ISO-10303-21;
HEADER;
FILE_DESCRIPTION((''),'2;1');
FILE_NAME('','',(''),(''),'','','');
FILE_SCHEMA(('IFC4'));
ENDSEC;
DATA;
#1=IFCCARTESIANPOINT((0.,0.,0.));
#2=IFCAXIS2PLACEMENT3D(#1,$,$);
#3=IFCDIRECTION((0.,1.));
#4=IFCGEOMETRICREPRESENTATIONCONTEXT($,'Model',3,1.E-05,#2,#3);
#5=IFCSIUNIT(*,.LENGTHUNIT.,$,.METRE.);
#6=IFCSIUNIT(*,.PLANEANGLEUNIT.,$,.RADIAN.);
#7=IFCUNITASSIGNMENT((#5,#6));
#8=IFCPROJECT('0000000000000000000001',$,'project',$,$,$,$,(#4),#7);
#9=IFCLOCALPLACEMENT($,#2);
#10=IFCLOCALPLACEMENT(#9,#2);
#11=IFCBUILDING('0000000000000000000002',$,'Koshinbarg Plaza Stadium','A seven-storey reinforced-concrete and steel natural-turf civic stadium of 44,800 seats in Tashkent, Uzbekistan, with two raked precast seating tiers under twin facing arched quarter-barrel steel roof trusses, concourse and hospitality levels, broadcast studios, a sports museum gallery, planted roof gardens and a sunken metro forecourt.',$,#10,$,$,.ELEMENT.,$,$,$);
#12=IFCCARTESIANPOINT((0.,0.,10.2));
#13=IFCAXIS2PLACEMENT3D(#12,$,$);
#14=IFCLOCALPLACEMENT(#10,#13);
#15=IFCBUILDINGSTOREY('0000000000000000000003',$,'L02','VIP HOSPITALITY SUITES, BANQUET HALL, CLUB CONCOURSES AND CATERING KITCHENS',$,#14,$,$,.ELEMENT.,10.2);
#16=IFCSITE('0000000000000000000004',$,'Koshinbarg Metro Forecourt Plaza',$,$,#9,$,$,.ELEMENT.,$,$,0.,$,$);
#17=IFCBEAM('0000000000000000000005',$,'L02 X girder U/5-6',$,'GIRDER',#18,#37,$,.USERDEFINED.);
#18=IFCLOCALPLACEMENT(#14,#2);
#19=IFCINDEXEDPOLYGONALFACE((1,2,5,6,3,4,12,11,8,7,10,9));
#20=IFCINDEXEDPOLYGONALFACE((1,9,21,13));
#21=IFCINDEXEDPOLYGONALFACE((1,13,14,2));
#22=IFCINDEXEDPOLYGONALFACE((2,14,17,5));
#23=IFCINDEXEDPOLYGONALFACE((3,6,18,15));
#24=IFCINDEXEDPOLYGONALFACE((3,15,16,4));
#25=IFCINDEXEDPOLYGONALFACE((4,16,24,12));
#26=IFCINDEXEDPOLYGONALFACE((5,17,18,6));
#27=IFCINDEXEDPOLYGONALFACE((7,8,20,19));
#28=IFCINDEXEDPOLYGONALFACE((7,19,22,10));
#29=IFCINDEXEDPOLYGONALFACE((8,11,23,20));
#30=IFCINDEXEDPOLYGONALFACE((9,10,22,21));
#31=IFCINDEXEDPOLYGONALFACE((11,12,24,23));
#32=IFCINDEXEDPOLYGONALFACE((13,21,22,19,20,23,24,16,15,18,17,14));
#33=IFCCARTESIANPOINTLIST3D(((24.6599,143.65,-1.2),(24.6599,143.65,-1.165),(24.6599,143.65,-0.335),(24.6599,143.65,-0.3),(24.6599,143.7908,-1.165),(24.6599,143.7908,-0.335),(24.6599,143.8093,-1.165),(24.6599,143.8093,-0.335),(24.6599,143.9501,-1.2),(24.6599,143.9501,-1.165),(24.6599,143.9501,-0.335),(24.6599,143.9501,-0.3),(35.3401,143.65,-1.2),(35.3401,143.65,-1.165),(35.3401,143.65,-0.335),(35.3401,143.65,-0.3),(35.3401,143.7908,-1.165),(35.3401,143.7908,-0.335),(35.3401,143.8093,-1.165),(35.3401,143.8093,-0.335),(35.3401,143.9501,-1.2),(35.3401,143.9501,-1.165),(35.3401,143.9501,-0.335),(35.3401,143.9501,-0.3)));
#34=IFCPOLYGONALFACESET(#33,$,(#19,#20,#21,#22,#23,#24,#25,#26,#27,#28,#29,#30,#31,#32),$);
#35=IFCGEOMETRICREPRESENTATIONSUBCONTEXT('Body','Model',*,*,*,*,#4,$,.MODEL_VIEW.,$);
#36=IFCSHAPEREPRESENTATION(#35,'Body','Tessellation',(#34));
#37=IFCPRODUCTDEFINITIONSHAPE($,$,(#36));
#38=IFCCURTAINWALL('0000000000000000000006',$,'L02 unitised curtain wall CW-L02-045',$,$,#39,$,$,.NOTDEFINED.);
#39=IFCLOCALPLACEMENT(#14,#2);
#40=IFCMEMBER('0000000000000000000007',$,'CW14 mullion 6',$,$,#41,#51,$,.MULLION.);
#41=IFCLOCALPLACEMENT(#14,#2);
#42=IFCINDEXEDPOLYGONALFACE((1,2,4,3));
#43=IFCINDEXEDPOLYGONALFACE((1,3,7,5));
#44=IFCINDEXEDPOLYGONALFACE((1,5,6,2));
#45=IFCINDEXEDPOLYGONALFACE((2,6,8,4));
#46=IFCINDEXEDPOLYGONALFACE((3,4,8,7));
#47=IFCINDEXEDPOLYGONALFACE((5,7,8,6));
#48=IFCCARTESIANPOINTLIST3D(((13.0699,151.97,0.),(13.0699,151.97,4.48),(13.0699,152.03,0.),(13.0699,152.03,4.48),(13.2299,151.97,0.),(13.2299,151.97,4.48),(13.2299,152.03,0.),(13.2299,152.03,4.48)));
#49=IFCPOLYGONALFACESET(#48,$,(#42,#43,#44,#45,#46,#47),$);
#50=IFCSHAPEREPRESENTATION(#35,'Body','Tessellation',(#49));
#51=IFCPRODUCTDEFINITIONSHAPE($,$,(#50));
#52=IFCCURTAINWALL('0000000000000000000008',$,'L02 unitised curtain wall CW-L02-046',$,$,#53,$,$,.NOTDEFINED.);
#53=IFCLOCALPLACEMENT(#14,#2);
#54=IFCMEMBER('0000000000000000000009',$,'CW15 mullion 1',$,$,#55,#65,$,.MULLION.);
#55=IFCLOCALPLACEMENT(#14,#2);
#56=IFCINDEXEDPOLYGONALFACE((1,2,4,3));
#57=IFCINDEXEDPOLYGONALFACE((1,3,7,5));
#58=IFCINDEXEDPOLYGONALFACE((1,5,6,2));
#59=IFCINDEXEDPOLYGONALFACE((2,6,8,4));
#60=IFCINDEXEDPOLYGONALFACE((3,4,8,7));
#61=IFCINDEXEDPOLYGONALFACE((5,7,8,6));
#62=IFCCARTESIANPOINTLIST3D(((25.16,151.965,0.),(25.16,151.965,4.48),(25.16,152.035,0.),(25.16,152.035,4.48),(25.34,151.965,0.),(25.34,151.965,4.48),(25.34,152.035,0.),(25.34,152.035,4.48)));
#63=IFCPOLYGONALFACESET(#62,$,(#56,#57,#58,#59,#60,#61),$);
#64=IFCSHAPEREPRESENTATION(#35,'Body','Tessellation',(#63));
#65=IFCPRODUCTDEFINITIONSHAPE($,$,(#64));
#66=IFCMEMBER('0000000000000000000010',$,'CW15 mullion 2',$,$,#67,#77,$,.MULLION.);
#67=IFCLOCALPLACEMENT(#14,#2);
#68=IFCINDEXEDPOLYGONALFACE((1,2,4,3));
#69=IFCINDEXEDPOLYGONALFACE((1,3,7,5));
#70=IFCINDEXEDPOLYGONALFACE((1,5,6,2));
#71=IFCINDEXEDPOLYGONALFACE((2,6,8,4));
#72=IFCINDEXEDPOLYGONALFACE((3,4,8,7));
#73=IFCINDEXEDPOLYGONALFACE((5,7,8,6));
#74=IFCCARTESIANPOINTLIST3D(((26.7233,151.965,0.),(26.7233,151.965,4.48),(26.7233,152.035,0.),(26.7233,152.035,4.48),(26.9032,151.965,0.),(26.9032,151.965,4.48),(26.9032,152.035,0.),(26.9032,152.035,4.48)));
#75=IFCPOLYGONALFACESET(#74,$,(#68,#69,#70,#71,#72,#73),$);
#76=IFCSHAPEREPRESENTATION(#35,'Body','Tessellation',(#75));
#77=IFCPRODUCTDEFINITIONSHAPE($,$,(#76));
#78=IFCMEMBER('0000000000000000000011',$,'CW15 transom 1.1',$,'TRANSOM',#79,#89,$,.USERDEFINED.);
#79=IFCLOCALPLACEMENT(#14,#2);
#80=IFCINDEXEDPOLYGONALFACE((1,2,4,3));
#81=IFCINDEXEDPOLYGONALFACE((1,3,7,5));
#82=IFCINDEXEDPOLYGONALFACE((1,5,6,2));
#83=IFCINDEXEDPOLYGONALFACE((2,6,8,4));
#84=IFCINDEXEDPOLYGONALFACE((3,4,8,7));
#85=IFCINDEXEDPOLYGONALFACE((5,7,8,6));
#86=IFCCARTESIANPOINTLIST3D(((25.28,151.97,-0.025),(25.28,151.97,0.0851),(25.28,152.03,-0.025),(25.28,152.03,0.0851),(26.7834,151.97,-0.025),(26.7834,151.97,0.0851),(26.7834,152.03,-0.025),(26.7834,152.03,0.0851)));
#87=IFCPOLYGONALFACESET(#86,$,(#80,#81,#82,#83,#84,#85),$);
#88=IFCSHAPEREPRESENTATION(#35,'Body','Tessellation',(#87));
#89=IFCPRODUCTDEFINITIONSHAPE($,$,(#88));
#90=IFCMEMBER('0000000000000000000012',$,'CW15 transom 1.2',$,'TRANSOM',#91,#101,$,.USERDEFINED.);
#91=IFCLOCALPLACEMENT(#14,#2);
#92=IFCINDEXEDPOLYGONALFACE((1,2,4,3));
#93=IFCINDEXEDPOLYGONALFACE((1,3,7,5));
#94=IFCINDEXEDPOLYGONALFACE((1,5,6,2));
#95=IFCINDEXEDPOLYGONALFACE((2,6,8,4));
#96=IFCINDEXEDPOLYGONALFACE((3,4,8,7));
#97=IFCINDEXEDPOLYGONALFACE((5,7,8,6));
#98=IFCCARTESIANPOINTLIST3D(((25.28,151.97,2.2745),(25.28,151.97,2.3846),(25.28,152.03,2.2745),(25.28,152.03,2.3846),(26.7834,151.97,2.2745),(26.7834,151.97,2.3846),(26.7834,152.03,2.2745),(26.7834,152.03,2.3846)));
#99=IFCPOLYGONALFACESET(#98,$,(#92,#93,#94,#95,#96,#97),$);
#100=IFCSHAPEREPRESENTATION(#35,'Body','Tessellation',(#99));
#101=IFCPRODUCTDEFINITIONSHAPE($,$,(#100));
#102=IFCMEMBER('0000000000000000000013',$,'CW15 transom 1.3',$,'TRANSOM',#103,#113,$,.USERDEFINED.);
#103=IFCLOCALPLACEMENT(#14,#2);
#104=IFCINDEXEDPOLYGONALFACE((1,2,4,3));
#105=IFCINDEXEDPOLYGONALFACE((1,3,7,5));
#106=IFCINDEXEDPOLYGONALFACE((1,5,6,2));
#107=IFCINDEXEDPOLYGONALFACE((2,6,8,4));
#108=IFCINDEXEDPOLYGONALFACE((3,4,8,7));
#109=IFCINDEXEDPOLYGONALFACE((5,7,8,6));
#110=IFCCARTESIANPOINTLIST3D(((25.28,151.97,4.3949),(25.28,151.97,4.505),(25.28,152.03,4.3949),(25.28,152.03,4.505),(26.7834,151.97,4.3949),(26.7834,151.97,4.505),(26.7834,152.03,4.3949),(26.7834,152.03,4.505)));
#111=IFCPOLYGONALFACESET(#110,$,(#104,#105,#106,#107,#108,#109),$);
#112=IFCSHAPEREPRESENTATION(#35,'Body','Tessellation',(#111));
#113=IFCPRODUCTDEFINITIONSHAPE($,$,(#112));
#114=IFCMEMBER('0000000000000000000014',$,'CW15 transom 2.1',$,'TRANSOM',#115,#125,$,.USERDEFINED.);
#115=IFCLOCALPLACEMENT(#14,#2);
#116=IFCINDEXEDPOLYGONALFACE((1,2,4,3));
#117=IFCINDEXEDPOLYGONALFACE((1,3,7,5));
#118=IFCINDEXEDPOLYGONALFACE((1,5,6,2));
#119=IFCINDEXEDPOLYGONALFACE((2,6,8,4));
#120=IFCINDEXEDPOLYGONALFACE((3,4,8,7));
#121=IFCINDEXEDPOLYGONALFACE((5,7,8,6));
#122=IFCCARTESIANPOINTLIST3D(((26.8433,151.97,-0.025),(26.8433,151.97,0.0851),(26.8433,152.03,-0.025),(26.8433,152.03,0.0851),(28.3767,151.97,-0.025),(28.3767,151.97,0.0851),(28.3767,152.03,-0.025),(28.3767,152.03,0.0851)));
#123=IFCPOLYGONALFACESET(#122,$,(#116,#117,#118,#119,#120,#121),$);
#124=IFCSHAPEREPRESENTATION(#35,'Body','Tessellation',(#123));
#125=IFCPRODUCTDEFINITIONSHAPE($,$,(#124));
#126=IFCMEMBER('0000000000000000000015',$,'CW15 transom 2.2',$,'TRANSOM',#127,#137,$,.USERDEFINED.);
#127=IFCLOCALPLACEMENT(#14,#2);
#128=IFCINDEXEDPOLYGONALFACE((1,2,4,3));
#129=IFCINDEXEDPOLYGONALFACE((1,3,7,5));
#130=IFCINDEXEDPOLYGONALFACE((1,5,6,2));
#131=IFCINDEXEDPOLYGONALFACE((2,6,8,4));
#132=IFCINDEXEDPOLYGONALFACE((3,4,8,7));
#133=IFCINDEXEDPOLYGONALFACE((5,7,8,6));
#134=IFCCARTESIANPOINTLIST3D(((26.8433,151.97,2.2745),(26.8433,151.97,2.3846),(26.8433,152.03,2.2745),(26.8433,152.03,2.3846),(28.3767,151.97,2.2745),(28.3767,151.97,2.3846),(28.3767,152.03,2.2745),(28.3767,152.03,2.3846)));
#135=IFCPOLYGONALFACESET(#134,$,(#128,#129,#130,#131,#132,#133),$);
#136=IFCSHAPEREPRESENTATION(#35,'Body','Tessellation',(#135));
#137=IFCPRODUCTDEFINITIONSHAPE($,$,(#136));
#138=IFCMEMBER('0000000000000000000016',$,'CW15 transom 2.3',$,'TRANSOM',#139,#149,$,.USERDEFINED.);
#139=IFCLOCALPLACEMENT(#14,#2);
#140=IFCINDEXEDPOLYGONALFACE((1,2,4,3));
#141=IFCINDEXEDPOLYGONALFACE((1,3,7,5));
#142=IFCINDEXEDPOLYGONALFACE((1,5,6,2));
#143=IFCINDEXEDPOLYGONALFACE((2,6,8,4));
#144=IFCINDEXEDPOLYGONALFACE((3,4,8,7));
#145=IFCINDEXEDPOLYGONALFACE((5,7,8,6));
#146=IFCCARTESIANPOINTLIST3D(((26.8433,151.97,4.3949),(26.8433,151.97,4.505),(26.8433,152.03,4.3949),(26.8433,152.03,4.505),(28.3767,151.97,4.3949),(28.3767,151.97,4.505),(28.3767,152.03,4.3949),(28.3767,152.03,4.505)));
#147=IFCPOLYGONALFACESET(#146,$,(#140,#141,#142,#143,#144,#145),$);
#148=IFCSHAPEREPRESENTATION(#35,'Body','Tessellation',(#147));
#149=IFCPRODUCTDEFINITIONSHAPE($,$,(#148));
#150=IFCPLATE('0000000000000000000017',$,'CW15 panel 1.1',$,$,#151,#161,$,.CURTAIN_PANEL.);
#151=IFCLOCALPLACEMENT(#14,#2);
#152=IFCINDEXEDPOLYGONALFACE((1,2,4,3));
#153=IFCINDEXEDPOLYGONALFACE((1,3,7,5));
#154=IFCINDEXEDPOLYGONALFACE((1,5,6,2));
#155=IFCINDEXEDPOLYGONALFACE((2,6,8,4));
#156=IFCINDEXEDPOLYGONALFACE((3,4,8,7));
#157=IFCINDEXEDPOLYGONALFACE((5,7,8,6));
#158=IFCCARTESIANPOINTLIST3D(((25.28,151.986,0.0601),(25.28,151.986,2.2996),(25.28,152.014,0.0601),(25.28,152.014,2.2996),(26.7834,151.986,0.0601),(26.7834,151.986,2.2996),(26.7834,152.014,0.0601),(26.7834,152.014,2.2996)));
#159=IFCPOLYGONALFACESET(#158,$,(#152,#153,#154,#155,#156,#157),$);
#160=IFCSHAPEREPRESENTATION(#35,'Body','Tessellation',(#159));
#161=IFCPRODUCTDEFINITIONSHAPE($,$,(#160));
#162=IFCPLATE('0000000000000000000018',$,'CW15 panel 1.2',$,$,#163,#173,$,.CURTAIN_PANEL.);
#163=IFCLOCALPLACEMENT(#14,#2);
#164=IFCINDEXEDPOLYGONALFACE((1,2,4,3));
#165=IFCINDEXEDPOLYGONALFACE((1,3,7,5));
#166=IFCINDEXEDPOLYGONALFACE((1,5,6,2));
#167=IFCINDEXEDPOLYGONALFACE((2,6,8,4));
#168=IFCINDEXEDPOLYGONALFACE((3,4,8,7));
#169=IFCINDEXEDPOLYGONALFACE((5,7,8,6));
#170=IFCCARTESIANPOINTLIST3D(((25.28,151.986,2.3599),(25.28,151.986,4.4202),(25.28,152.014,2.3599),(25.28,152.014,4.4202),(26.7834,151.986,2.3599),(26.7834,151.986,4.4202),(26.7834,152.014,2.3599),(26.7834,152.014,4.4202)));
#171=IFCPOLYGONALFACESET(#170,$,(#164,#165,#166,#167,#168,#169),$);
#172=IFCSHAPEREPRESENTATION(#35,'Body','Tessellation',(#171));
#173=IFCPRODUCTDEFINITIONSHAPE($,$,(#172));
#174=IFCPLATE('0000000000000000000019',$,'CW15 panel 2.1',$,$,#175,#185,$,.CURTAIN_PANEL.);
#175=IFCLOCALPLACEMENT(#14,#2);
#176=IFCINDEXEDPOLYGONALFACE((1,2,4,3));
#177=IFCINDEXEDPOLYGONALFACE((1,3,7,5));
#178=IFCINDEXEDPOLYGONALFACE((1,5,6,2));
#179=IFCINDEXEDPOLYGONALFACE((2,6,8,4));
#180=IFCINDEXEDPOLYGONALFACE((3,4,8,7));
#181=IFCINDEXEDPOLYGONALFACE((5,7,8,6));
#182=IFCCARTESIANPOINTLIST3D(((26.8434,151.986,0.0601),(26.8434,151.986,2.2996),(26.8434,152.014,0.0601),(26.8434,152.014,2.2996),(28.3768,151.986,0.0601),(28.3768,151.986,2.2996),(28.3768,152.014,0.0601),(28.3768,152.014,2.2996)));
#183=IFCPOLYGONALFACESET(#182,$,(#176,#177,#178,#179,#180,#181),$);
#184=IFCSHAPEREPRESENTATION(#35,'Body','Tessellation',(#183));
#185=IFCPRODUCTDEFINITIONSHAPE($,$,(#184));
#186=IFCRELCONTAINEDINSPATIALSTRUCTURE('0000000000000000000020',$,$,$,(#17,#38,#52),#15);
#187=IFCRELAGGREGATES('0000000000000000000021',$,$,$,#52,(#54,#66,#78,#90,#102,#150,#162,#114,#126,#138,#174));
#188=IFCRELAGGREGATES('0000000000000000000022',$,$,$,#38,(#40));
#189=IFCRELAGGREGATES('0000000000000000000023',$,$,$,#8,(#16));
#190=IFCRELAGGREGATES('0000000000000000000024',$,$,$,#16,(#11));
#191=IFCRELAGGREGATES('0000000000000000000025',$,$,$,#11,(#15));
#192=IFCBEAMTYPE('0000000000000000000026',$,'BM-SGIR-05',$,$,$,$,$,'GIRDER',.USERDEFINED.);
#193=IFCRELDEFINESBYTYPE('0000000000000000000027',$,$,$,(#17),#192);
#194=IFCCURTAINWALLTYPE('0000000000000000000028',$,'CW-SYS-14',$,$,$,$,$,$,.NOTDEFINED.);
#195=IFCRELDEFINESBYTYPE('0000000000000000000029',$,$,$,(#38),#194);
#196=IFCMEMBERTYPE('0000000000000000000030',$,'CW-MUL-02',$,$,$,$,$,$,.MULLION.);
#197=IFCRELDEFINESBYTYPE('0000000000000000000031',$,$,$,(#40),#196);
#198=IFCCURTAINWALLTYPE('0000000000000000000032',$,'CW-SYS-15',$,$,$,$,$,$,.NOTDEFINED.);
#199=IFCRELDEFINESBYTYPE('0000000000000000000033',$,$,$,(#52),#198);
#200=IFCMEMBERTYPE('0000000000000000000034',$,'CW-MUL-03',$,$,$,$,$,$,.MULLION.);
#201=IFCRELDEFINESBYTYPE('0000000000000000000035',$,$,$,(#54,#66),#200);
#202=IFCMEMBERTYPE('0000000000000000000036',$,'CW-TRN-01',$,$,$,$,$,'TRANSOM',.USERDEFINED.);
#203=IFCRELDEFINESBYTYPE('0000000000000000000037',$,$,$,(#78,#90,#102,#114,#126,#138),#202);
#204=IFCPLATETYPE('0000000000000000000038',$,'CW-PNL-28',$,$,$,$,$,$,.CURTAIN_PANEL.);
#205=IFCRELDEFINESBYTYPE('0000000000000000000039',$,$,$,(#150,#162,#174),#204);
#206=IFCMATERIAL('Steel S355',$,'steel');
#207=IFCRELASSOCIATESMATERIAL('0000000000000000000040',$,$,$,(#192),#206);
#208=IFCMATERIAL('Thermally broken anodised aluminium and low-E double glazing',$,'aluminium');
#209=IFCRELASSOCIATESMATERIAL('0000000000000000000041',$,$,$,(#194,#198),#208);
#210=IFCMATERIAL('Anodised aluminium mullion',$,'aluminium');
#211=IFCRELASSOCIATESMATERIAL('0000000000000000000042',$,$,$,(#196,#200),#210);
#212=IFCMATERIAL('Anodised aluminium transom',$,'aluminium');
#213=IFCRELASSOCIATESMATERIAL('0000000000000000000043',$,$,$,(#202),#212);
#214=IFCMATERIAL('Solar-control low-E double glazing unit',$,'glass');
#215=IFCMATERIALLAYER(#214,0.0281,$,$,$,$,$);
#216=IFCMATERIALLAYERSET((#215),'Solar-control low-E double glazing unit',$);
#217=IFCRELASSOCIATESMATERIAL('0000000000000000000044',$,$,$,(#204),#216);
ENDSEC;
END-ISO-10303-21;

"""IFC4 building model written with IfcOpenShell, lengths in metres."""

from ifc_helpers import new_model, si_unit, direction, frame, origin, origin_2d, place, context, subcontext, project, spatial, rectangle, i_section, extrude, material, layer, layer_set, material_profile, profile_set, type_object, element, aggregate, save


model = new_model("IFC4")

# Units and contexts
model_context = context("Model", 3, precision=1e-05, world=origin(), true_north=direction((0.0, 1.0)))
body_context = subcontext(model_context, "Body", "Model", "MODEL_VIEW")
ifc_project = project(units=[si_unit("LENGTHUNIT", "METRE"), si_unit("PLANEANGLEUNIT", "RADIAN")], contexts=[model_context])

# Site, building, storey
site_placement = place(None, origin())
site = spatial("IfcSite", under=ifc_project, at=site_placement, Name="Koshinbarg Metro Forecourt Plaza", CompositionType="ELEMENT", RefElevation=0.0)
building_placement = place(site_placement, origin())
building = spatial("IfcBuilding", under=site, at=building_placement, Name="Koshinbarg Plaza Stadium", Description="A seven-storey reinforced-concrete and steel natural-turf civic stadium of 44,800 seats in Tashkent, Uzbekistan, with two raked precast seating tiers under twin facing arched quarter-barrel steel roof trusses, concourse and hospitality levels, broadcast studios, a sports museum gallery, planted roof gardens and a sunken metro forecourt.", CompositionType="ELEMENT")
storey_placement = place(building_placement, frame((0.0, 0.0, 10.2)))
storey = spatial("IfcBuildingStorey", under=building, at=storey_placement, Name="L02", Description="VIP HOSPITALITY SUITES, BANQUET HALL, CLUB CONCOURSES AND CATERING KITCHENS", CompositionType="ELEMENT", Elevation=10.2)

# Shared definitions
ifc_material_1 = material(Name="Steel S355", Category="steel")

# Beam
ifc_material_profile_1 = material_profile(ifc_material_1, i_section(OverallWidth=0.3, OverallDepth=0.8999, WebThickness=0.0186, FlangeThickness=0.0349, at=origin_2d()), Name="HEB 900")
ifc_profile_set_1 = profile_set([ifc_material_profile_1], Name="Steel S355")
beam_type_1 = type_object("IfcBeamType", Name="BM-SGIR-05", ElementType="GIRDER", PredefinedType="USERDEFINED", material=ifc_profile_set_1)
beam_1_placement = place(storey_placement, frame((24.6599, 143.8, -0.75), z_axis=(1.0, 0.0, 0.0), x_axis=(0.0, 1.0, 0.0)))
element("IfcBeam", 1, at=beam_1_placement, inside=storey, type_object=beam_type_1, Name="L02 X girder U/5-6", ObjectType="GIRDER", PredefinedType="USERDEFINED", context=body_context, shape_type="SweptSolid", body=[
    extrude(i_section(OverallWidth=0.3, OverallDepth=0.8999, WebThickness=0.0186, FlangeThickness=0.0349, at=origin_2d()), origin(), (0.0, 0.0, 1.0), 10.6802),
])

# Curtain wall, member
ifc_material_2 = material(Name="Thermally broken anodised aluminium and low-E double glazing", Category="aluminium")
curtain_wall_type_1 = type_object("IfcCurtainWallType", Name="CW-SYS-14", PredefinedType="NOTDEFINED", material=ifc_material_2)
curtain_wall_1_placement = place(storey_placement, origin())
curtain_wall_1 = element("IfcCurtainWall", 2, at=curtain_wall_1_placement, inside=storey, type_object=curtain_wall_type_1, Name="L02 unitised curtain wall CW-L02-045", PredefinedType="NOTDEFINED")
ifc_material_3 = material(Name="Anodised aluminium mullion", Category="aluminium")
ifc_material_profile_2 = material_profile(ifc_material_3, rectangle(XDim=0.0601, YDim=0.1599, at=origin_2d()), Name="ALU 60x160")
ifc_profile_set_2 = profile_set([ifc_material_profile_2], Name="Anodised aluminium mullion")
member_type_1 = type_object("IfcMemberType", Name="CW-MUL-02", PredefinedType="MULLION", material=ifc_profile_set_2)
member_1_placement = place(storey_placement, frame((13.1499, 152.0, 0.0), z_axis=(0.0, 0.0, 1.0), x_axis=(0.0, 1.0, 0.0)))
member_1 = element("IfcMember", 3, at=member_1_placement, type_object=member_type_1, Name="CW14 mullion 6", PredefinedType="MULLION", context=body_context, shape_type="SweptSolid", body=[
    extrude(rectangle(XDim=0.0601, YDim=0.1599, at=origin_2d()), origin(), (0.0, 0.0, 1.0), 4.48),
])

# Curtain wall, members, plates
curtain_wall_type_2 = type_object("IfcCurtainWallType", Name="CW-SYS-15", PredefinedType="NOTDEFINED", material=ifc_material_2)
curtain_wall_2_placement = place(storey_placement, origin())
curtain_wall_2 = element("IfcCurtainWall", 4, at=curtain_wall_2_placement, inside=storey, type_object=curtain_wall_type_2, Name="L02 unitised curtain wall CW-L02-046", PredefinedType="NOTDEFINED")
ifc_material_profile_3 = material_profile(ifc_material_3, rectangle(XDim=0.0701, YDim=0.1799, at=origin_2d()), Name="ALU 70x180")
ifc_profile_set_3 = profile_set([ifc_material_profile_3], Name="Anodised aluminium mullion")
member_type_2 = type_object("IfcMemberType", Name="CW-MUL-03", PredefinedType="MULLION", material=ifc_profile_set_3)
member_2_placement = place(storey_placement, frame((25.25, 152.0, 0.0), z_axis=(0.0, 0.0, 1.0), x_axis=(0.0, 1.0, 0.0)))
member_2 = element("IfcMember", 5, at=member_2_placement, type_object=member_type_2, Name="CW15 mullion 1", PredefinedType="MULLION", context=body_context, shape_type="SweptSolid", body=[
    extrude(rectangle(XDim=0.0701, YDim=0.1799, at=origin_2d()), origin(), (0.0, 0.0, 1.0), 4.48),
])
member_3_placement = place(storey_placement, frame((26.8132, 152.0, 0.0), z_axis=(0.0, 0.0, 1.0), x_axis=(0.0, 1.0, 0.0)))
member_3 = element("IfcMember", 6, at=member_3_placement, type_object=member_type_2, Name="CW15 mullion 2", PredefinedType="MULLION", context=body_context, shape_type="SweptSolid", body=[
    extrude(rectangle(XDim=0.0701, YDim=0.1799, at=origin_2d()), origin(), (0.0, 0.0, 1.0), 4.48),
])
ifc_material_4 = material(Name="Anodised aluminium transom", Category="aluminium")
ifc_material_profile_4 = material_profile(ifc_material_4, rectangle(XDim=0.0601, YDim=0.1101, at=origin_2d()), Name="ALU 60x110")
ifc_profile_set_4 = profile_set([ifc_material_profile_4], Name="Anodised aluminium transom")
member_type_3 = type_object("IfcMemberType", Name="CW-TRN-01", ElementType="TRANSOM", PredefinedType="USERDEFINED", material=ifc_profile_set_4)
member_4_placement = place(storey_placement, frame((25.28, 152.0, 0.03), z_axis=(1.0, 0.0, 0.0), x_axis=(0.0, 1.0, 0.0)))
member_4 = element("IfcMember", 7, at=member_4_placement, type_object=member_type_3, Name="CW15 transom 1.1", ObjectType="TRANSOM", PredefinedType="USERDEFINED", context=body_context, shape_type="SweptSolid", body=[
    extrude(rectangle(XDim=0.0601, YDim=0.1101, at=origin_2d()), origin(), (0.0, 0.0, 1.0), 1.5034),
])
member_5_placement = place(storey_placement, frame((25.28, 152.0, 2.3296), z_axis=(1.0, 0.0, 0.0), x_axis=(0.0, 1.0, 0.0)))
member_5 = element("IfcMember", 8, at=member_5_placement, type_object=member_type_3, Name="CW15 transom 1.2", ObjectType="TRANSOM", PredefinedType="USERDEFINED", context=body_context, shape_type="SweptSolid", body=[
    extrude(rectangle(XDim=0.0601, YDim=0.1101, at=origin_2d()), origin(), (0.0, 0.0, 1.0), 1.5034),
])
member_6_placement = place(storey_placement, frame((25.28, 152.0, 4.45), z_axis=(1.0, 0.0, 0.0), x_axis=(0.0, 1.0, 0.0)))
member_6 = element("IfcMember", 9, at=member_6_placement, type_object=member_type_3, Name="CW15 transom 1.3", ObjectType="TRANSOM", PredefinedType="USERDEFINED", context=body_context, shape_type="SweptSolid", body=[
    extrude(rectangle(XDim=0.0601, YDim=0.1101, at=origin_2d()), origin(), (0.0, 0.0, 1.0), 1.5034),
])
member_7_placement = place(storey_placement, frame((26.8433, 152.0, 0.03), z_axis=(1.0, 0.0, 0.0), x_axis=(0.0, 1.0, 0.0)))
member_7 = element("IfcMember", 10, at=member_7_placement, type_object=member_type_3, Name="CW15 transom 2.1", ObjectType="TRANSOM", PredefinedType="USERDEFINED", context=body_context, shape_type="SweptSolid", body=[
    extrude(rectangle(XDim=0.0601, YDim=0.1101, at=origin_2d()), origin(), (0.0, 0.0, 1.0), 1.5334),
])
member_8_placement = place(storey_placement, frame((26.8433, 152.0, 2.3296), z_axis=(1.0, 0.0, 0.0), x_axis=(0.0, 1.0, 0.0)))
member_8 = element("IfcMember", 11, at=member_8_placement, type_object=member_type_3, Name="CW15 transom 2.2", ObjectType="TRANSOM", PredefinedType="USERDEFINED", context=body_context, shape_type="SweptSolid", body=[
    extrude(rectangle(XDim=0.0601, YDim=0.1101, at=origin_2d()), origin(), (0.0, 0.0, 1.0), 1.5334),
])
member_9_placement = place(storey_placement, frame((26.8433, 152.0, 4.45), z_axis=(1.0, 0.0, 0.0), x_axis=(0.0, 1.0, 0.0)))
member_9 = element("IfcMember", 12, at=member_9_placement, type_object=member_type_3, Name="CW15 transom 2.3", ObjectType="TRANSOM", PredefinedType="USERDEFINED", context=body_context, shape_type="SweptSolid", body=[
    extrude(rectangle(XDim=0.0601, YDim=0.1101, at=origin_2d()), origin(), (0.0, 0.0, 1.0), 1.5334),
])
ifc_material_5 = material(Name="Solar-control low-E double glazing unit", Category="glass")
ifc_layer_1 = layer(ifc_material_5, 0.0281)
ifc_layer_set_1 = layer_set([ifc_layer_1], Name="Solar-control low-E double glazing unit")
plate_type_1 = type_object("IfcPlateType", Name="CW-PNL-28", PredefinedType="CURTAIN_PANEL", material=ifc_layer_set_1)
plate_1_placement = place(storey_placement, frame((26.0317, 152.0, 0.0601), z_axis=(0.0, 0.0, 1.0), x_axis=(1.0, 0.0, 0.0)))
plate_1 = element("IfcPlate", 13, at=plate_1_placement, type_object=plate_type_1, Name="CW15 panel 1.1", PredefinedType="CURTAIN_PANEL", context=body_context, shape_type="SweptSolid", body=[
    extrude(rectangle(XDim=1.5034, YDim=0.0281, at=origin_2d()), origin(), (0.0, 0.0, 1.0), 2.2395),
])
plate_2_placement = place(storey_placement, frame((26.0317, 152.0, 2.3599), z_axis=(0.0, 0.0, 1.0), x_axis=(1.0, 0.0, 0.0)))
plate_2 = element("IfcPlate", 14, at=plate_2_placement, type_object=plate_type_1, Name="CW15 panel 1.2", PredefinedType="CURTAIN_PANEL", context=body_context, shape_type="SweptSolid", body=[
    extrude(rectangle(XDim=1.5034, YDim=0.0281, at=origin_2d()), origin(), (0.0, 0.0, 1.0), 2.0603),
])
plate_3_placement = place(storey_placement, frame((27.6101, 152.0, 0.0601), z_axis=(0.0, 0.0, 1.0), x_axis=(1.0, 0.0, 0.0)))
plate_3 = element("IfcPlate", 15, at=plate_3_placement, type_object=plate_type_1, Name="CW15 panel 2.1", PredefinedType="CURTAIN_PANEL", context=body_context, shape_type="SweptSolid", body=[
    extrude(rectangle(XDim=1.5334, YDim=0.0281, at=origin_2d()), origin(), (0.0, 0.0, 1.0), 2.2395),
])
aggregate(curtain_wall_2, [member_2, member_3, member_4, member_5, member_6, plate_1, plate_2, member_7, member_8, member_9, plate_3])

aggregate(curtain_wall_1, [member_1])

save(model, "model.ifc")
